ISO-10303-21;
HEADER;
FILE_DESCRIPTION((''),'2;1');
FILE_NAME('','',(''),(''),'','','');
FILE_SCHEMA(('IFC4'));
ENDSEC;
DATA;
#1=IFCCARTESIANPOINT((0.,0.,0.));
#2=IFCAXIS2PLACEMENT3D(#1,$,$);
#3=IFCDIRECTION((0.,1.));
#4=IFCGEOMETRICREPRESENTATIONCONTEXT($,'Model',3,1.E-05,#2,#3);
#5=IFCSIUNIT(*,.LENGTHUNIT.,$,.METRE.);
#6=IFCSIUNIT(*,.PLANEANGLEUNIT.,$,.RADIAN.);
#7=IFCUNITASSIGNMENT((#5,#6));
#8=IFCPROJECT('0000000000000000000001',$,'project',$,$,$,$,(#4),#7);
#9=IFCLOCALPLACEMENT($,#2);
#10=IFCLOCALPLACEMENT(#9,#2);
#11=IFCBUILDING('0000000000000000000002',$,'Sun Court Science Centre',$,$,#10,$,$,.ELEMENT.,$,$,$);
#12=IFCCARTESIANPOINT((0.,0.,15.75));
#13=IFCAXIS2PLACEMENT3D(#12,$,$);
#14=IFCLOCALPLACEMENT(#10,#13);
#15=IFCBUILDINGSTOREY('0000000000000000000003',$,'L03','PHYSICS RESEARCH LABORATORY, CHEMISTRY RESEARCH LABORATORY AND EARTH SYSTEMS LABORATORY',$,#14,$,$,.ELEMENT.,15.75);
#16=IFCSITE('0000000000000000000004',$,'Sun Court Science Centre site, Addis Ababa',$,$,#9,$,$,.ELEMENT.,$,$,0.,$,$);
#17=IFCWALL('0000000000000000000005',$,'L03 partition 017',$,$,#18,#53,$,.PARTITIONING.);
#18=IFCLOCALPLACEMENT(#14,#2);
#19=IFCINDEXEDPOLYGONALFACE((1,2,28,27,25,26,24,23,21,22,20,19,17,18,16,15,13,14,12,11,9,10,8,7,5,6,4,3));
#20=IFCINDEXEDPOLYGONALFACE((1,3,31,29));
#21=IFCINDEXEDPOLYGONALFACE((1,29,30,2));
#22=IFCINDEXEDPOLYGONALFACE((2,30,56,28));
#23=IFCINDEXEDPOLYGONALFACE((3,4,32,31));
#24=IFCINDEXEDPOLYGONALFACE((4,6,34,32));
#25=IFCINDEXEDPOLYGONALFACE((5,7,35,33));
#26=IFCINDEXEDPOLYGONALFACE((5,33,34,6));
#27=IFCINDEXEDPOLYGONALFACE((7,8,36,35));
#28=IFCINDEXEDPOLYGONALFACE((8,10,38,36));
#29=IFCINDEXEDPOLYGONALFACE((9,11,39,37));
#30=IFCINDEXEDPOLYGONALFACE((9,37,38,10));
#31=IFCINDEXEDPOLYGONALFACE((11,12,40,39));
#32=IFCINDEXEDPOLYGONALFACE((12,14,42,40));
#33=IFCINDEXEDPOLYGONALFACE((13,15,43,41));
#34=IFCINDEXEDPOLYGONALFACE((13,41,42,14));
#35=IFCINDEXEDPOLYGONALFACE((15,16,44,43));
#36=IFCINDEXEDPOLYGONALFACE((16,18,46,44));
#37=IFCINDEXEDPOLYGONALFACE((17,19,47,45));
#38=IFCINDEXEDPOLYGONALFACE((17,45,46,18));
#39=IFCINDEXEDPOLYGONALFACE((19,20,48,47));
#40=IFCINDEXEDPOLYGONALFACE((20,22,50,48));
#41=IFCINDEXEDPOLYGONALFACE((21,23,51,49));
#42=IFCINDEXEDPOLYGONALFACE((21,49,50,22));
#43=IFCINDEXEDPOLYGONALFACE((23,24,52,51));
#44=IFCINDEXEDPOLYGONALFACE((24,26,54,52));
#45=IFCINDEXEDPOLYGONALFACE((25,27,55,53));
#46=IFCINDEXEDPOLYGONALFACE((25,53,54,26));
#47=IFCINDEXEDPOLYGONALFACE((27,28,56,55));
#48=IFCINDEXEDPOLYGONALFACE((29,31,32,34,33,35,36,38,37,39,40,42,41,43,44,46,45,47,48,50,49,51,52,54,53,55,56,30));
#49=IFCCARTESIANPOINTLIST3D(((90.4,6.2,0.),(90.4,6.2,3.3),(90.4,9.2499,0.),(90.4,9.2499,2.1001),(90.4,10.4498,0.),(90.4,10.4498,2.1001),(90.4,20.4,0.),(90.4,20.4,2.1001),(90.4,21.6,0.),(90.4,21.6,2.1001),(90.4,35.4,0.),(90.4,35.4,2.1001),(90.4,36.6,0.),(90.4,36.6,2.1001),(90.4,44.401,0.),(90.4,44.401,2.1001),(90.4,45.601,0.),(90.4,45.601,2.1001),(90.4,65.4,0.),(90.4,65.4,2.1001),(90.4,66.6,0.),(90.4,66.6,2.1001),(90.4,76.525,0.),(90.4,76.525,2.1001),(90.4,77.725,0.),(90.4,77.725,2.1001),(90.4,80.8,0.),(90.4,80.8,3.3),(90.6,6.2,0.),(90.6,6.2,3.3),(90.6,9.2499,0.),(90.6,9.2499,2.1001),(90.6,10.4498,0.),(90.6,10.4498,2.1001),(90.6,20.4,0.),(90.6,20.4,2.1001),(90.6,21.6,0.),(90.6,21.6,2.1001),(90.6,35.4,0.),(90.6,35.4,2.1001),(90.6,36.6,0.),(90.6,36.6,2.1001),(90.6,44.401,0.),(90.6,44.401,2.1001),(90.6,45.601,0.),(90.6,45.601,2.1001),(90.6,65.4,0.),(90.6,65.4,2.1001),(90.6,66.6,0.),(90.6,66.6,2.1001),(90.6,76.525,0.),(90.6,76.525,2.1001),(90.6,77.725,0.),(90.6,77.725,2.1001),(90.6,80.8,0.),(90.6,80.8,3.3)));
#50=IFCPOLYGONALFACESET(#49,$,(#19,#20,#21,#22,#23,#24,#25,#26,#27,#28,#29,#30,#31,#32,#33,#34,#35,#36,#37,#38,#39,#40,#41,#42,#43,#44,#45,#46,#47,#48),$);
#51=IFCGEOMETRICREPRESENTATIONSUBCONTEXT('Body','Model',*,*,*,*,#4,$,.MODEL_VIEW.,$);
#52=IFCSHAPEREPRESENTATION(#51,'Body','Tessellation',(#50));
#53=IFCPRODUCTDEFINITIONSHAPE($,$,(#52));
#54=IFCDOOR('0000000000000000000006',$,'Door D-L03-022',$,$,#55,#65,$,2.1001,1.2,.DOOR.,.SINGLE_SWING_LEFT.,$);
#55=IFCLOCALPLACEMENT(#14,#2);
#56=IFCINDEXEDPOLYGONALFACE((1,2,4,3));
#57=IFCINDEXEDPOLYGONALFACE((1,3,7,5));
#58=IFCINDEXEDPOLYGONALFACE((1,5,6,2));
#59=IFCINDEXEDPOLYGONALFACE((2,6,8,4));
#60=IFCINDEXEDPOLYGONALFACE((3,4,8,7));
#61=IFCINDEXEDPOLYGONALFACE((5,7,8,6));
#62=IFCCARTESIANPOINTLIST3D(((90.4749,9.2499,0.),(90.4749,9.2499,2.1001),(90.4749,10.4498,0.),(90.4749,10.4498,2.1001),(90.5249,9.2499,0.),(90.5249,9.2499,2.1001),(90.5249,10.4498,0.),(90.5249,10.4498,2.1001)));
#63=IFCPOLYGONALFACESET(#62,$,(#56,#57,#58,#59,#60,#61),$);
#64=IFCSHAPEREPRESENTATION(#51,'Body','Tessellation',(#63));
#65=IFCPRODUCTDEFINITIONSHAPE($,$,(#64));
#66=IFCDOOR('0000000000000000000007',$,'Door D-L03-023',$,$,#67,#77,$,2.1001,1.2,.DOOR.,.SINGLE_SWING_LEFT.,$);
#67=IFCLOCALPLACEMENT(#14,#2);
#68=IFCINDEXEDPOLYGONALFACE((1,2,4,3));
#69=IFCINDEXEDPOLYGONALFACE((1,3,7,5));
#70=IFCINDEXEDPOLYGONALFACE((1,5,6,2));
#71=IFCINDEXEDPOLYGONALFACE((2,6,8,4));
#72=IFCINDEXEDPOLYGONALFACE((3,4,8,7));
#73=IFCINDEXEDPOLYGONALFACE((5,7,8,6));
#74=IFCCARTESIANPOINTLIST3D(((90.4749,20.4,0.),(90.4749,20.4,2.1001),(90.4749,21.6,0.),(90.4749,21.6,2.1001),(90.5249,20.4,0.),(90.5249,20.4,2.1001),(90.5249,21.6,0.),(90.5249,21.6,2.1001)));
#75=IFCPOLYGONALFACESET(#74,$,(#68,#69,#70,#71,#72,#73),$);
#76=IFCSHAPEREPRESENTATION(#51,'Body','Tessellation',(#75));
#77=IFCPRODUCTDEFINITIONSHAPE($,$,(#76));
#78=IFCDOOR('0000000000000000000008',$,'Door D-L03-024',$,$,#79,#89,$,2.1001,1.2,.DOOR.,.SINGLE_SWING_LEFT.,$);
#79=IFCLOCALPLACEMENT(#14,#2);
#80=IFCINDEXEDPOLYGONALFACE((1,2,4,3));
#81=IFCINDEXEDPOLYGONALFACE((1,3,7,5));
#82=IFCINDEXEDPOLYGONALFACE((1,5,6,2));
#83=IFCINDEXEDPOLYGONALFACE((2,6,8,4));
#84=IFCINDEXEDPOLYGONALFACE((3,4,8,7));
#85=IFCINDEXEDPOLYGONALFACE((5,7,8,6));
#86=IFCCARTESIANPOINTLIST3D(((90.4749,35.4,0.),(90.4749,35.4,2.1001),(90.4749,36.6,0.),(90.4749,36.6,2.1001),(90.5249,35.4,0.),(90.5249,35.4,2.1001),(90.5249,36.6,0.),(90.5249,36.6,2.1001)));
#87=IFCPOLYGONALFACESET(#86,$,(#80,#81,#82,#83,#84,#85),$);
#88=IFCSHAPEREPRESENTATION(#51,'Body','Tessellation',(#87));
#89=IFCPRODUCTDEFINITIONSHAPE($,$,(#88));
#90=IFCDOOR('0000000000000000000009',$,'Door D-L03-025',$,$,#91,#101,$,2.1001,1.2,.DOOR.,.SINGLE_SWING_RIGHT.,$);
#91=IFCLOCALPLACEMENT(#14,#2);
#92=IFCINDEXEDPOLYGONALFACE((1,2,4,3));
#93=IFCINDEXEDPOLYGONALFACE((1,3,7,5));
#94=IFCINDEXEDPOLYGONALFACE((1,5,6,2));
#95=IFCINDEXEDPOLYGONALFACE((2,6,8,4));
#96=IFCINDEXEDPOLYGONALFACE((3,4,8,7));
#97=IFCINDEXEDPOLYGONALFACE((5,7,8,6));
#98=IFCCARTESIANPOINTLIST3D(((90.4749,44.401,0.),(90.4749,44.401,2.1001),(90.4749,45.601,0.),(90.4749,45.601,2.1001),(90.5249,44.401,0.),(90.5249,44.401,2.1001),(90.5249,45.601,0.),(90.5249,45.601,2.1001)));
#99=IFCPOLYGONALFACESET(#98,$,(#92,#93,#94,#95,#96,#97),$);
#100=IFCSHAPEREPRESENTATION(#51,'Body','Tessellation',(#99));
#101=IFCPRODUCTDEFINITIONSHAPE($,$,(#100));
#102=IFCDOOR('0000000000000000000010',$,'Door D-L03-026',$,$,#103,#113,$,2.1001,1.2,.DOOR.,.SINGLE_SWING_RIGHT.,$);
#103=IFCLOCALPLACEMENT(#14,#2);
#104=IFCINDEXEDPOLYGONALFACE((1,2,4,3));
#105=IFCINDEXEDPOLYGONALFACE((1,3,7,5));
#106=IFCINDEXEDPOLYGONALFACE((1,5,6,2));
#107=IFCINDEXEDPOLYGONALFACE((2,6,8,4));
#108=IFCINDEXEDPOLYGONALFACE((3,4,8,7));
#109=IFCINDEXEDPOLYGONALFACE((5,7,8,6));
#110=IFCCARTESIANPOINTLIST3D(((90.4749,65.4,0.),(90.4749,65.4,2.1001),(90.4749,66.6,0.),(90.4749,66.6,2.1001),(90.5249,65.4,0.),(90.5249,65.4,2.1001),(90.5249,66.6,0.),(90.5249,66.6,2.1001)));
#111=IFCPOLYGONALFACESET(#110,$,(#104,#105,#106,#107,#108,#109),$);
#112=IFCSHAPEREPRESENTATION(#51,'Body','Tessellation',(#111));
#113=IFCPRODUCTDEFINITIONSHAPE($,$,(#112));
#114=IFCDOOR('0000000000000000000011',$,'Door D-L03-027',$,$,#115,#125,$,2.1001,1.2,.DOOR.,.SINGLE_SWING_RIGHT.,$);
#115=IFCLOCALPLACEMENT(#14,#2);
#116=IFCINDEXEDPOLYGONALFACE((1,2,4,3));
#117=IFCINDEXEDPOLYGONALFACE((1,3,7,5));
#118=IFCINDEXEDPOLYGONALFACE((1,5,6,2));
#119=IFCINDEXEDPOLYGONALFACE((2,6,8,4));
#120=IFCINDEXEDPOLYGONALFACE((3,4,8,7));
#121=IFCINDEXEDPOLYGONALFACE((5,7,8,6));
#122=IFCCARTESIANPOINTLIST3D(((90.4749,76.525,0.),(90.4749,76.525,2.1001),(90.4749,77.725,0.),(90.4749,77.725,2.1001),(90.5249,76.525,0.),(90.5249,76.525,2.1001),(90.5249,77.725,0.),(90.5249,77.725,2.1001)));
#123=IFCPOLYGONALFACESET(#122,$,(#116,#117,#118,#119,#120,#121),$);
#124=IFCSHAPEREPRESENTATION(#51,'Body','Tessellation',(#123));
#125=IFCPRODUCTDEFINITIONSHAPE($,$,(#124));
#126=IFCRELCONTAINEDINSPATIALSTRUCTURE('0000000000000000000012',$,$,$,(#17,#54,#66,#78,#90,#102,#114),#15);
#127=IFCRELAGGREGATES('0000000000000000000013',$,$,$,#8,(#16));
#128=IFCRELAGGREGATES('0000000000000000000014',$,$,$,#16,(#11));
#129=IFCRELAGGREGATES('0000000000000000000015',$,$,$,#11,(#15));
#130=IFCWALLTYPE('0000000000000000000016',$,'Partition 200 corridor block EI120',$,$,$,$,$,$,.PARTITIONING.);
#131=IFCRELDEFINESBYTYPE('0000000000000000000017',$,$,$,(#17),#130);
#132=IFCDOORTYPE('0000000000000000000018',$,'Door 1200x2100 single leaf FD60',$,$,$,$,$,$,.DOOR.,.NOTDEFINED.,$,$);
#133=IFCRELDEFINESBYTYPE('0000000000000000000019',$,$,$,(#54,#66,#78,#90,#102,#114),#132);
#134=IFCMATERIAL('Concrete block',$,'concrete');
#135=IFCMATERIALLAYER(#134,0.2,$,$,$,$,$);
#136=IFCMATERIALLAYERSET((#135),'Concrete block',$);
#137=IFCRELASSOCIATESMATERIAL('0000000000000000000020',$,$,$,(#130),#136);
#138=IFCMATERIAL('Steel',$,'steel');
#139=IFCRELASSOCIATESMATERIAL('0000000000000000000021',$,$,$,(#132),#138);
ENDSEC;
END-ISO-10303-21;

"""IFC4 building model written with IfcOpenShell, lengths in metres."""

from ifc_helpers import new_model, si_unit, direction, frame, frame_2d, origin, place, context, subcontext, project, spatial, rectangle, extrude, material, layer, layer_set, type_object, element, fill, save


model = new_model("IFC4")

# Units and contexts
model_context = context("Model", 3, precision=1e-05, world=origin(), true_north=direction((0.0, 1.0)))
body_context = subcontext(model_context, "Body", "Model", "MODEL_VIEW")
ifc_project = project(units=[si_unit("LENGTHUNIT", "METRE"), si_unit("PLANEANGLEUNIT", "RADIAN")], contexts=[model_context])

# Site, building, storey
site_placement = place(None, origin())
site = spatial("IfcSite", under=ifc_project, at=site_placement, Name="Sun Court Science Centre site, Addis Ababa", CompositionType="ELEMENT", RefElevation=0.0)
building_placement = place(site_placement, origin())
building = spatial("IfcBuilding", under=site, at=building_placement, Name="Sun Court Science Centre", CompositionType="ELEMENT")
storey_placement = place(building_placement, frame((0.0, 0.0, 15.75)))
storey = spatial("IfcBuildingStorey", under=building, at=storey_placement, Name="L03", Description="PHYSICS RESEARCH LABORATORY, CHEMISTRY RESEARCH LABORATORY AND EARTH SYSTEMS LABORATORY", CompositionType="ELEMENT", Elevation=15.75)

# Wall, openings, doors
ifc_material_1 = material(Name="Concrete block", Category="concrete")
ifc_layer_1 = layer(ifc_material_1, 0.2)
ifc_layer_set_1 = layer_set([ifc_layer_1], Name="Concrete block")
wall_type_1 = type_object("IfcWallType", Name="Partition 200 corridor block EI120", PredefinedType="PARTITIONING", material=ifc_layer_set_1)
wall_1_placement = place(storey_placement, frame((90.5, 80.8, 0.0), z_axis=(0.0, 0.0, 1.0), x_axis=(0.0, -1.0, 0.0)))
wall_1 = element("IfcWall", 1, at=wall_1_placement, inside=storey, type_object=wall_type_1, Name="L03 partition 017", PredefinedType="PARTITIONING", context=body_context, shape_type="SweptSolid", body=[
    extrude(rectangle(XDim=74.6001, YDim=0.2, at=frame_2d((37.3, 0.0))), origin(), (0.0, 0.0, 1.0), 3.3),
])
opening_1_placement = place(wall_1_placement, frame((70.3501, 0.0, 0.0)))
opening_1 = element("IfcOpeningElement", 2, at=opening_1_placement, cuts=wall_1, PredefinedType="OPENING", context=body_context, shape_type="SweptSolid", body=[
    extrude(rectangle(XDim=1.2, YDim=2.1001, at=frame_2d((0.6001, 1.05))), frame((0.0, 0.1099, 0.0), z_axis=(0.0, -1.0, 0.0), x_axis=(1.0, 0.0, 0.0)), (0.0, 0.0, 1.0), 0.22),
])
opening_2_placement = place(wall_1_placement, frame((59.2, 0.0, 0.0)))
opening_2 = element("IfcOpeningElement", 3, at=opening_2_placement, cuts=wall_1, PredefinedType="OPENING", context=body_context, shape_type="SweptSolid", body=[
    extrude(rectangle(XDim=1.2, YDim=2.1001, at=frame_2d((0.6001, 1.05))), frame((0.0, 0.1099, 0.0), z_axis=(0.0, -1.0, 0.0), x_axis=(1.0, 0.0, 0.0)), (0.0, 0.0, 1.0), 0.22),
])
opening_3_placement = place(wall_1_placement, frame((44.2, 0.0, 0.0)))
opening_3 = element("IfcOpeningElement", 4, at=opening_3_placement, cuts=wall_1, PredefinedType="OPENING", context=body_context, shape_type="SweptSolid", body=[
    extrude(rectangle(XDim=1.2, YDim=2.1001, at=frame_2d((0.6001, 1.05))), frame((0.0, 0.1099, 0.0), z_axis=(0.0, -1.0, 0.0), x_axis=(1.0, 0.0, 0.0)), (0.0, 0.0, 1.0), 0.22),
])
opening_4_placement = place(wall_1_placement, frame((35.199, 0.0, 0.0)))
opening_4 = element("IfcOpeningElement", 5, at=opening_4_placement, cuts=wall_1, PredefinedType="OPENING", context=body_context, shape_type="SweptSolid", body=[
    extrude(rectangle(XDim=1.2, YDim=2.1001, at=frame_2d((0.6001, 1.05))), frame((0.0, 0.1099, 0.0), z_axis=(0.0, -1.0, 0.0), x_axis=(1.0, 0.0, 0.0)), (0.0, 0.0, 1.0), 0.22),
])
opening_5_placement = place(wall_1_placement, frame((14.2, 0.0, 0.0)))
opening_5 = element("IfcOpeningElement", 6, at=opening_5_placement, cuts=wall_1, PredefinedType="OPENING", context=body_context, shape_type="SweptSolid", body=[
    extrude(rectangle(XDim=1.2, YDim=2.1001, at=frame_2d((0.6001, 1.05))), frame((0.0, 0.1099, 0.0), z_axis=(0.0, -1.0, 0.0), x_axis=(1.0, 0.0, 0.0)), (0.0, 0.0, 1.0), 0.22),
])
opening_6_placement = place(wall_1_placement, frame((3.075, 0.0, 0.0)))
opening_6 = element("IfcOpeningElement", 7, at=opening_6_placement, cuts=wall_1, PredefinedType="OPENING", context=body_context, shape_type="SweptSolid", body=[
    extrude(rectangle(XDim=1.2, YDim=2.1001, at=frame_2d((0.6001, 1.05))), frame((0.0, 0.1099, 0.0), z_axis=(0.0, -1.0, 0.0), x_axis=(1.0, 0.0, 0.0)), (0.0, 0.0, 1.0), 0.22),
])
ifc_material_2 = material(Name="Steel", Category="steel")
door_type_1 = type_object("IfcDoorType", Name="Door 1200x2100 single leaf FD60", OperationType="NOTDEFINED", PredefinedType="DOOR", material=ifc_material_2)
door_1_placement = place(opening_1_placement, origin())
door_1 = element("IfcDoor", 8, at=door_1_placement, inside=storey, type_object=door_type_1, Name="Door D-L03-022", OperationType="SINGLE_SWING_LEFT", OverallHeight=2.1001, OverallWidth=1.2, PredefinedType="DOOR", context=body_context, shape_type="SweptSolid", body=[
    extrude(rectangle(XDim=1.2, YDim=2.1001, at=frame_2d((0.6001, 1.05))), frame((0.0, 0.0249, 0.0), z_axis=(0.0, -1.0, 0.0), x_axis=(1.0, 0.0, 0.0)), (0.0, 0.0, 1.0), 0.05),
])
fill(opening_1, door_1)
door_2_placement = place(opening_2_placement, origin())
door_2 = element("IfcDoor", 9, at=door_2_placement, inside=storey, type_object=door_type_1, Name="Door D-L03-023", OperationType="SINGLE_SWING_LEFT", OverallHeight=2.1001, OverallWidth=1.2, PredefinedType="DOOR", context=body_context, shape_type="SweptSolid", body=[
    extrude(rectangle(XDim=1.2, YDim=2.1001, at=frame_2d((0.6001, 1.05))), frame((0.0, 0.0249, 0.0), z_axis=(0.0, -1.0, 0.0), x_axis=(1.0, 0.0, 0.0)), (0.0, 0.0, 1.0), 0.05),
])
fill(opening_2, door_2)
door_3_placement = place(opening_3_placement, origin())
door_3 = element("IfcDoor", 10, at=door_3_placement, inside=storey, type_object=door_type_1, Name="Door D-L03-024", OperationType="SINGLE_SWING_LEFT", OverallHeight=2.1001, OverallWidth=1.2, PredefinedType="DOOR", context=body_context, shape_type="SweptSolid", body=[
    extrude(rectangle(XDim=1.2, YDim=2.1001, at=frame_2d((0.6001, 1.05))), frame((0.0, 0.0249, 0.0), z_axis=(0.0, -1.0, 0.0), x_axis=(1.0, 0.0, 0.0)), (0.0, 0.0, 1.0), 0.05),
])
fill(opening_3, door_3)
door_4_placement = place(opening_4_placement, origin())
door_4 = element("IfcDoor", 11, at=door_4_placement, inside=storey, type_object=door_type_1, Name="Door D-L03-025", OperationType="SINGLE_SWING_RIGHT", OverallHeight=2.1001, OverallWidth=1.2, PredefinedType="DOOR", context=body_context, shape_type="SweptSolid", body=[
    extrude(rectangle(XDim=1.2, YDim=2.1001, at=frame_2d((0.6001, 1.05))), frame((0.0, 0.0249, 0.0), z_axis=(0.0, -1.0, 0.0), x_axis=(1.0, 0.0, 0.0)), (0.0, 0.0, 1.0), 0.05),
])
fill(opening_4, door_4)
door_5_placement = place(opening_5_placement, origin())
door_5 = element("IfcDoor", 12, at=door_5_placement, inside=storey, type_object=door_type_1, Name="Door D-L03-026", OperationType="SINGLE_SWING_RIGHT", OverallHeight=2.1001, OverallWidth=1.2, PredefinedType="DOOR", context=body_context, shape_type="SweptSolid", body=[
    extrude(rectangle(XDim=1.2, YDim=2.1001, at=frame_2d((0.6001, 1.05))), frame((0.0, 0.0249, 0.0), z_axis=(0.0, -1.0, 0.0), x_axis=(1.0, 0.0, 0.0)), (0.0, 0.0, 1.0), 0.05),
])
fill(opening_5, door_5)
door_6_placement = place(opening_6_placement, origin())
door_6 = element("IfcDoor", 13, at=door_6_placement, inside=storey, type_object=door_type_1, Name="Door D-L03-027", OperationType="SINGLE_SWING_RIGHT", OverallHeight=2.1001, OverallWidth=1.2, PredefinedType="DOOR", context=body_context, shape_type="SweptSolid", body=[
    extrude(rectangle(XDim=1.2, YDim=2.1001, at=frame_2d((0.6001, 1.05))), frame((0.0, 0.0249, 0.0), z_axis=(0.0, -1.0, 0.0), x_axis=(1.0, 0.0, 0.0)), (0.0, 0.0, 1.0), 0.05),
])
fill(opening_6, door_6)

save(model, "model.ifc")
